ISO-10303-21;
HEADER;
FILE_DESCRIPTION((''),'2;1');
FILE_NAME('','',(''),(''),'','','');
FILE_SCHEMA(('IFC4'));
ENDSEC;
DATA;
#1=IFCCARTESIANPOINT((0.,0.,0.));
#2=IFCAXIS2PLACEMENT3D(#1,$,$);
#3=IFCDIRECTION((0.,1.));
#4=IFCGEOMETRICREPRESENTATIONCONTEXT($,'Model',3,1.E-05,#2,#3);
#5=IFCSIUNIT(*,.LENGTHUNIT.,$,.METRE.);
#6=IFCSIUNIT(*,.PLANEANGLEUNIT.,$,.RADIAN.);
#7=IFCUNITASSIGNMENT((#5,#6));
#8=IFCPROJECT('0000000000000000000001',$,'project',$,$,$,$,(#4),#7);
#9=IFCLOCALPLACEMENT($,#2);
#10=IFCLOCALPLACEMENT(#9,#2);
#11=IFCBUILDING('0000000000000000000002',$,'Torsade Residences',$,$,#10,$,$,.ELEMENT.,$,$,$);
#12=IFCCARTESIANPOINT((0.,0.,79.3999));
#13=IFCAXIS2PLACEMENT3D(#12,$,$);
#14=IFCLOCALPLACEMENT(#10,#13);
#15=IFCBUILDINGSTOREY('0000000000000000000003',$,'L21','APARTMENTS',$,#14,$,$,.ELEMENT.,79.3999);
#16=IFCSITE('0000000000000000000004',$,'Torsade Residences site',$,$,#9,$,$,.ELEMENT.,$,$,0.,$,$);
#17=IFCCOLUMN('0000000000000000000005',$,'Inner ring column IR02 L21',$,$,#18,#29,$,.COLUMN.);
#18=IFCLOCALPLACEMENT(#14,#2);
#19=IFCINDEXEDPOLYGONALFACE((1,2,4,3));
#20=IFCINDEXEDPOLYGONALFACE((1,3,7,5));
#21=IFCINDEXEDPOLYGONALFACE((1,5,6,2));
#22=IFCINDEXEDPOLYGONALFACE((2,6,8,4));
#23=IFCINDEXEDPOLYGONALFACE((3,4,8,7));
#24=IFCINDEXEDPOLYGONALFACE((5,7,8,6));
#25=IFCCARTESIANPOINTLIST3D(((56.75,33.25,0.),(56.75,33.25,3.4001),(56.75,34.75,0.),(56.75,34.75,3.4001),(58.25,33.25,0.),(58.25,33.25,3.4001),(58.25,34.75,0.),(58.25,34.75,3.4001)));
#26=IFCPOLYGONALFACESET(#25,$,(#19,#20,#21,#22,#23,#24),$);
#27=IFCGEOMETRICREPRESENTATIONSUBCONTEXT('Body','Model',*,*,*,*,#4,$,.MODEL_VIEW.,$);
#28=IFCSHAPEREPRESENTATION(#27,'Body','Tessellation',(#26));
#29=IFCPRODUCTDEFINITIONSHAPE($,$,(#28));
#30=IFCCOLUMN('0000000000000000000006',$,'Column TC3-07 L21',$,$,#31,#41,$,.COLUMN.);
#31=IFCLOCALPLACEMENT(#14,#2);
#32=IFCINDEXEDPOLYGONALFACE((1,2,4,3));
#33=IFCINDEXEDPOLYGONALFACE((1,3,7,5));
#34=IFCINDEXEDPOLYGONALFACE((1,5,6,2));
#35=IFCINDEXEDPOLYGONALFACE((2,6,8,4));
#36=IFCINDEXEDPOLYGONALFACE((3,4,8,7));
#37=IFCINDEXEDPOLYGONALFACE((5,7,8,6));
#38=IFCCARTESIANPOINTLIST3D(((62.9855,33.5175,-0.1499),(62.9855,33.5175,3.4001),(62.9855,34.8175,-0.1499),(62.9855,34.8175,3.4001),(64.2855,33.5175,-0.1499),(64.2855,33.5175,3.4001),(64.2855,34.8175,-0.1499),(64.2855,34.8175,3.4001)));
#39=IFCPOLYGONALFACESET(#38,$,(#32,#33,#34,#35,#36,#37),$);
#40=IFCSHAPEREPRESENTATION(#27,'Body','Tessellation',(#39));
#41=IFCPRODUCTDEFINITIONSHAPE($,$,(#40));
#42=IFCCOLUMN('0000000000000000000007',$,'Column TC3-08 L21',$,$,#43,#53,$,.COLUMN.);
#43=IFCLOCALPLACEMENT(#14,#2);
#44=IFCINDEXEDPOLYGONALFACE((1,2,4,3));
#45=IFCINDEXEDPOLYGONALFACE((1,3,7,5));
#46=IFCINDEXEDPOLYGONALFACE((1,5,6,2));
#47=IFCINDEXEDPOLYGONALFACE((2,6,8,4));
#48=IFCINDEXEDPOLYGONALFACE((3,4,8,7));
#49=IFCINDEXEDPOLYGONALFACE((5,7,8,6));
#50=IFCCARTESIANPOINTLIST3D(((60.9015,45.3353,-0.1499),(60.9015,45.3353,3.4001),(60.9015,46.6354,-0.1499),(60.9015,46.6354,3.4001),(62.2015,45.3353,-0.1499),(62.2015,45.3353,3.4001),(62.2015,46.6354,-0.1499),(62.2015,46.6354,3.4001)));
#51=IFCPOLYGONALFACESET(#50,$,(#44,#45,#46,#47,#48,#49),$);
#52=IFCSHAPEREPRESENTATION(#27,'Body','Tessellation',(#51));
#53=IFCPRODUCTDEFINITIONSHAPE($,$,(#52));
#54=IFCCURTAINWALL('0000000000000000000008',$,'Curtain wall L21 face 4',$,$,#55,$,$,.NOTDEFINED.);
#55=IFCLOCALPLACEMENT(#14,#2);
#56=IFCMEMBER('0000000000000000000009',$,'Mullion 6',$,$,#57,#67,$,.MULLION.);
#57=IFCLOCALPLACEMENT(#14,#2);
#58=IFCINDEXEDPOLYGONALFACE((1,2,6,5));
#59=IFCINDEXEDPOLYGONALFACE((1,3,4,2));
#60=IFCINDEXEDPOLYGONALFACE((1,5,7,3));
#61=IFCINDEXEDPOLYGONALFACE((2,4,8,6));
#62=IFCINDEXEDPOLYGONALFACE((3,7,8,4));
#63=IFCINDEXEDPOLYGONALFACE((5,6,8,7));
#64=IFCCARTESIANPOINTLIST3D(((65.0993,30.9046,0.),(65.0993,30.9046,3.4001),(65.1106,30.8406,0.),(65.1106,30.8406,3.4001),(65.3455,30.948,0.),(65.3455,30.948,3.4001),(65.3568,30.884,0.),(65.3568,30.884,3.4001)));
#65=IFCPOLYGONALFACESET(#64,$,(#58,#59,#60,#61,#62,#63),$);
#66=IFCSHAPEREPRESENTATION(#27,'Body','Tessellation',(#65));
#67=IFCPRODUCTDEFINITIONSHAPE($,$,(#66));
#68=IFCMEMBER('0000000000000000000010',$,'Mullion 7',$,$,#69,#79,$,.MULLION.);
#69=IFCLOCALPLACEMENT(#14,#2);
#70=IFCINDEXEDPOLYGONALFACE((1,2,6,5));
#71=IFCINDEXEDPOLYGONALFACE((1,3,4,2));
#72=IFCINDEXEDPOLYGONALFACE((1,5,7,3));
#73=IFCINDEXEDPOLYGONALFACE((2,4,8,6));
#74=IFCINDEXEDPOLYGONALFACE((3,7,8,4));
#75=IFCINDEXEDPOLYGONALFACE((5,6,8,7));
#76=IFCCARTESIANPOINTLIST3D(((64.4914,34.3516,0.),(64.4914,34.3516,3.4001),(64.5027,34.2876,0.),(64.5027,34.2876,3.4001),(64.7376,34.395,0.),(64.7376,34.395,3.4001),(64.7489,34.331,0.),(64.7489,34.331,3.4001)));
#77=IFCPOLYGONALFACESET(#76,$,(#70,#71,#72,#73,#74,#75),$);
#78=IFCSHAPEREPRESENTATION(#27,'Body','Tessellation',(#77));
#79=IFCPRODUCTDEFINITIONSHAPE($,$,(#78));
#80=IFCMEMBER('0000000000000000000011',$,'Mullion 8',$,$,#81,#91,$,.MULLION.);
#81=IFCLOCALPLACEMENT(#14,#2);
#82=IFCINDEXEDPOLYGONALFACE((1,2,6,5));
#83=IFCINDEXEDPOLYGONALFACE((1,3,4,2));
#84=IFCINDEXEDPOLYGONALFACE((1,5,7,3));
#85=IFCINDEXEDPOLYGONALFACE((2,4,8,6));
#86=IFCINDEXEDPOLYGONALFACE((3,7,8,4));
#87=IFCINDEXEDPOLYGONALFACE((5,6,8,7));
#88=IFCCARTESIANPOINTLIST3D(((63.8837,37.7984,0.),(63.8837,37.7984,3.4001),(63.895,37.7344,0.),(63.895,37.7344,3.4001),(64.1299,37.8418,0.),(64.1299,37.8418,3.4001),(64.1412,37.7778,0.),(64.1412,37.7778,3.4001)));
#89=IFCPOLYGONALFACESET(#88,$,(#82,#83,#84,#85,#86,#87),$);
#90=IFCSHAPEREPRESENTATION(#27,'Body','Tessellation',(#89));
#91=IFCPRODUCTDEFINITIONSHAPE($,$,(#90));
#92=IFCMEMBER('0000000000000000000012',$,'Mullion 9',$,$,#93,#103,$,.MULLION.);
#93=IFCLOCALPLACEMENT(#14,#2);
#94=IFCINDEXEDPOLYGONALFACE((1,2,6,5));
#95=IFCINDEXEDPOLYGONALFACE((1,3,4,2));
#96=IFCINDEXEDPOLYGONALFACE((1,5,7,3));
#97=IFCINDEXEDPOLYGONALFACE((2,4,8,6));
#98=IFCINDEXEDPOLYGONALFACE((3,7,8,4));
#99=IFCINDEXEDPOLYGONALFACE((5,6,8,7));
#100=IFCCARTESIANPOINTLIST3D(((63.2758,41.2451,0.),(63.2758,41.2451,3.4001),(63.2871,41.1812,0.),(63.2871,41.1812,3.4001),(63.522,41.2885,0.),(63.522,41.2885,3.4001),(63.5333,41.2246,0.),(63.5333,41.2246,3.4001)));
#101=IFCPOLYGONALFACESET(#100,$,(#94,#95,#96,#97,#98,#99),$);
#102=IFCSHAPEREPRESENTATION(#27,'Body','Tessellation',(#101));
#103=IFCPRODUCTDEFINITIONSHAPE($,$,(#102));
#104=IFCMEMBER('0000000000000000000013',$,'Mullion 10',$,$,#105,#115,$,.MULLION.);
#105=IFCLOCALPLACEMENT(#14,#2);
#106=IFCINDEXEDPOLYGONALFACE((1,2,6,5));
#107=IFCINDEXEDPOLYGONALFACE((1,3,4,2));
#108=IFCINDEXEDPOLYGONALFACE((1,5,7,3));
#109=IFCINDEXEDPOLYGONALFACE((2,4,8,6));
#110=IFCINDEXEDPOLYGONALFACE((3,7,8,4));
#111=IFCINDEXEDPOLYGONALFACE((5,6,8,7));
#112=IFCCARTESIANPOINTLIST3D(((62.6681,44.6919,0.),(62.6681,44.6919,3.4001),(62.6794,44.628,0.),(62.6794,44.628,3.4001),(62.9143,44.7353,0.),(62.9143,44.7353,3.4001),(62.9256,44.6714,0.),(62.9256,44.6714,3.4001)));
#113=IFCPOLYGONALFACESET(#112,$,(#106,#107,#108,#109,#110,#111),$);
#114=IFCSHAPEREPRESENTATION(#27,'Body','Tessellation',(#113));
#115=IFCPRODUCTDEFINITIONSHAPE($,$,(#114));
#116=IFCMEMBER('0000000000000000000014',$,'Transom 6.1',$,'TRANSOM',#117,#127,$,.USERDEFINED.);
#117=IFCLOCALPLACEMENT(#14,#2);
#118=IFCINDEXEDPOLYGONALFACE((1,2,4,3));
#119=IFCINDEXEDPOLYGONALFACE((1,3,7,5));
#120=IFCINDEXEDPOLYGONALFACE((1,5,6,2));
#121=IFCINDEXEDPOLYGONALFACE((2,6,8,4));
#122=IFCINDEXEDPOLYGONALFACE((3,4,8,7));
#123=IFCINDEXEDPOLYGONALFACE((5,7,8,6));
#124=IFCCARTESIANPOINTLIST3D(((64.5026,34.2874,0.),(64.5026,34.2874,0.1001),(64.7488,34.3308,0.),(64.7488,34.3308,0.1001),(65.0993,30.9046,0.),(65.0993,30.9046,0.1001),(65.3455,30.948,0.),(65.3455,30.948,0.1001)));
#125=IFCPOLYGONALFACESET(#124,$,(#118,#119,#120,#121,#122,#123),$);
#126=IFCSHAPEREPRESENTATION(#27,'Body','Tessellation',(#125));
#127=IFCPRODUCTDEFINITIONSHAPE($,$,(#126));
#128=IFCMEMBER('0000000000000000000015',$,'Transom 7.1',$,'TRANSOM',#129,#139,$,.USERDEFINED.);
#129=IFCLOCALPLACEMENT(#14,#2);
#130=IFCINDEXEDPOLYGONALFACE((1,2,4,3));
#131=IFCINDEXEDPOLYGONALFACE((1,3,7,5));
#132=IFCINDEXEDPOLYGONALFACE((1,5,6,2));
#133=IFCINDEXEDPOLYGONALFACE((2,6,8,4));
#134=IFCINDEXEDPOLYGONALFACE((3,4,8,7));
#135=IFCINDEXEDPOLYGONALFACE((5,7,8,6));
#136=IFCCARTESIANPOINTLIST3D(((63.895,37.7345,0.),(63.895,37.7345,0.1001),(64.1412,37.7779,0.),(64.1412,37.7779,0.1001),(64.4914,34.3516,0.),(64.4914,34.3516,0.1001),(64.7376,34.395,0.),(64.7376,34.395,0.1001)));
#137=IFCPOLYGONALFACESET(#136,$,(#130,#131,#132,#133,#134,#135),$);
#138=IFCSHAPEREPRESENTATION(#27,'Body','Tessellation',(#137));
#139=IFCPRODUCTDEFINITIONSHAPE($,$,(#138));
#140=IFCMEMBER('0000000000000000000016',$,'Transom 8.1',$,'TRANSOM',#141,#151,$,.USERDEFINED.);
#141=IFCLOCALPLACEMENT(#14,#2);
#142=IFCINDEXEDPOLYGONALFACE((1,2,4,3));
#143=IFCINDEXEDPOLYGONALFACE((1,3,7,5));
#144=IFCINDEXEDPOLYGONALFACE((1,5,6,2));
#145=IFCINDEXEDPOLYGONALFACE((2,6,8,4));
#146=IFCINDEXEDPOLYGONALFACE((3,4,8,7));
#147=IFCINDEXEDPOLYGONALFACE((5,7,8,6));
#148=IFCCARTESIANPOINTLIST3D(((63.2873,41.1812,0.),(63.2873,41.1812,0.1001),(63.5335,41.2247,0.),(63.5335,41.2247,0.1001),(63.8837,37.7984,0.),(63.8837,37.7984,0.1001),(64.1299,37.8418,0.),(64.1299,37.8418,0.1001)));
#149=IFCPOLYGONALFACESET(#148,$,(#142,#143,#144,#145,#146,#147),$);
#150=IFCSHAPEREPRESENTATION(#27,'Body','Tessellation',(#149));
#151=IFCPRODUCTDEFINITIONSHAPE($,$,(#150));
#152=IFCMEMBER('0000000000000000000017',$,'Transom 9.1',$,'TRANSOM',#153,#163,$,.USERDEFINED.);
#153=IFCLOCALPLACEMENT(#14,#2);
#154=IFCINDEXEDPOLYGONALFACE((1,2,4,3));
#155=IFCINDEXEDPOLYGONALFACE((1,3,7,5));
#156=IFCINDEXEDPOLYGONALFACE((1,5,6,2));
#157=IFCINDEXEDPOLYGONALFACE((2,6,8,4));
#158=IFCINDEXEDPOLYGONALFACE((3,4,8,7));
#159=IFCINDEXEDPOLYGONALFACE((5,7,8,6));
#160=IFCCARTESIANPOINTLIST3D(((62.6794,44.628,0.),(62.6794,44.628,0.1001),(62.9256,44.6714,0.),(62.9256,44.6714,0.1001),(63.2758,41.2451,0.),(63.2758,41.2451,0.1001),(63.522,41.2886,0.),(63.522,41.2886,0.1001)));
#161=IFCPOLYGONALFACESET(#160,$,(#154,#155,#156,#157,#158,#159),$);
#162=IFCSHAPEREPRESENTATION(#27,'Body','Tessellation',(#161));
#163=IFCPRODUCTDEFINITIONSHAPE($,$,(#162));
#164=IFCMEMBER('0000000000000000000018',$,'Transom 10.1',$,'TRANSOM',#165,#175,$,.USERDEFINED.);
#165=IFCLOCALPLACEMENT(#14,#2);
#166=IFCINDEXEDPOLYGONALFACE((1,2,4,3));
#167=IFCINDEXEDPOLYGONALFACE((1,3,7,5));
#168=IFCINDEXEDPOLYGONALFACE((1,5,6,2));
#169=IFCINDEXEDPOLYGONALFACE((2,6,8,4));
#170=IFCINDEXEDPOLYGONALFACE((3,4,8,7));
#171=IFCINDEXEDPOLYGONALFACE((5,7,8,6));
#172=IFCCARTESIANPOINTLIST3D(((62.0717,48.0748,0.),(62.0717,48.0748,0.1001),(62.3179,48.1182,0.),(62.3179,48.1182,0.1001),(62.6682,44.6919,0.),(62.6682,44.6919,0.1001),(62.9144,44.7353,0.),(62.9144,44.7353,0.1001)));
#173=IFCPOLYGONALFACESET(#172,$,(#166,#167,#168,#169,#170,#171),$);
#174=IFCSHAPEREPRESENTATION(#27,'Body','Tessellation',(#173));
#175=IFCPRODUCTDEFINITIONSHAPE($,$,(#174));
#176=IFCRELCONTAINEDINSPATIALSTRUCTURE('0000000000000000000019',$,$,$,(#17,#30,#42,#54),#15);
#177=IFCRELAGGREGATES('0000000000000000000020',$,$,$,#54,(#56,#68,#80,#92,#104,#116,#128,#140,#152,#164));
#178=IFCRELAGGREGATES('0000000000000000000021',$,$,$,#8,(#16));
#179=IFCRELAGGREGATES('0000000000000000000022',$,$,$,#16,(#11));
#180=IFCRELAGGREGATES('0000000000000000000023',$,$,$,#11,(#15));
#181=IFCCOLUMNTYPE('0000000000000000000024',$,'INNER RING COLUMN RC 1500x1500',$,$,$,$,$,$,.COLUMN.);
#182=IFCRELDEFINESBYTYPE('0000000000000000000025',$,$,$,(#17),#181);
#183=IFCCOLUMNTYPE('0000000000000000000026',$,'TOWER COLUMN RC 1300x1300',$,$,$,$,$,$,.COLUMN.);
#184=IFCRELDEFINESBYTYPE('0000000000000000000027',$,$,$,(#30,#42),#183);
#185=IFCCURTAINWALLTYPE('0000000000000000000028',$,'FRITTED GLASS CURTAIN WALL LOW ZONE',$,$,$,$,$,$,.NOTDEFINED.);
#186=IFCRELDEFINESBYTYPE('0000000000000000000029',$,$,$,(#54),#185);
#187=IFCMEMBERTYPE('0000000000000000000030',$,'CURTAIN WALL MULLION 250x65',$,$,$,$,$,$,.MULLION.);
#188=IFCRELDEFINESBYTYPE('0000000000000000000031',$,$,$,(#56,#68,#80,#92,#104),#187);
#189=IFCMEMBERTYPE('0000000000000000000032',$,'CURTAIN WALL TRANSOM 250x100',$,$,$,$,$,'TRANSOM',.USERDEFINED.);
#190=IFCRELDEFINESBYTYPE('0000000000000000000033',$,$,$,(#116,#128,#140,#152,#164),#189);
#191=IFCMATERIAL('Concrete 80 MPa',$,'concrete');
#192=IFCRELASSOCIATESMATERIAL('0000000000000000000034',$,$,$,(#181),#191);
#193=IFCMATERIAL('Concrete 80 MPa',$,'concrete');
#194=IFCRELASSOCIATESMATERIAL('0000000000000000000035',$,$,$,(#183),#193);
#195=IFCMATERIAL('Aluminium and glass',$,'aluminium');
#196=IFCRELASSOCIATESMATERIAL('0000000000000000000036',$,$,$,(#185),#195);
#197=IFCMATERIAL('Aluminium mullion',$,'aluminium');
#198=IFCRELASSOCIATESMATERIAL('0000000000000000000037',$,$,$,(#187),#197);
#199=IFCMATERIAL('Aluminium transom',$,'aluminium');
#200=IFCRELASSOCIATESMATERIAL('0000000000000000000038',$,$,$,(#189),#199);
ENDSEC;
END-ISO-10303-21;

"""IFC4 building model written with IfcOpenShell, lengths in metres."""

from ifc_helpers import new_model, si_unit, direction, frame, origin, origin_2d, place, context, subcontext, project, spatial, rectangle, extrude, material, material_profile, profile_set, type_object, element, aggregate, save


model = new_model("IFC4")

# Units and contexts
model_context = context("Model", 3, precision=1e-05, world=origin(), true_north=direction((0.0, 1.0)))
body_context = subcontext(model_context, "Body", "Model", "MODEL_VIEW")
ifc_project = project(units=[si_unit("LENGTHUNIT", "METRE"), si_unit("PLANEANGLEUNIT", "RADIAN")], contexts=[model_context])

# Site, building, storey
site_placement = place(None, origin())
site = spatial("IfcSite", under=ifc_project, at=site_placement, Name="Torsade Residences site", CompositionType="ELEMENT", RefElevation=0.0)
building_placement = place(site_placement, origin())
building = spatial("IfcBuilding", under=site, at=building_placement, Name="Torsade Residences", CompositionType="ELEMENT")
storey_placement = place(building_placement, frame((0.0, 0.0, 79.3999)))
storey = spatial("IfcBuildingStorey", under=building, at=storey_placement, Name="L21", Description="APARTMENTS", CompositionType="ELEMENT", Elevation=79.3999)

# Columns
ifc_material_1 = material(Name="Concrete 80 MPa", Category="concrete")
ifc_material_profile_1 = material_profile(ifc_material_1, rectangle(XDim=1.5, YDim=1.5, at=origin_2d()), Name="RC 1500x1500")
ifc_profile_set_1 = profile_set([ifc_material_profile_1], Name="Concrete 80 MPa")
column_type_1 = type_object("IfcColumnType", Name="INNER RING COLUMN RC 1500x1500", PredefinedType="COLUMN", material=ifc_profile_set_1)
column_placement = place(storey_placement, frame((57.5, 34.0, 0.0), z_axis=(0.0, 0.0, 1.0), x_axis=(1.0, 0.0, 0.0)))
element("IfcColumn", 1, at=column_placement, inside=storey, type_object=column_type_1, Name="Inner ring column IR02 L21", PredefinedType="COLUMN", context=body_context, shape_type="SweptSolid", body=[
    extrude(rectangle(XDim=1.5, YDim=1.5, at=origin_2d()), origin(), (0.0, 0.0, 1.0), 3.4001),
])
ifc_material_2 = material(Name="Concrete 80 MPa", Category="concrete")
ifc_material_profile_2 = material_profile(ifc_material_2, rectangle(XDim=1.3, YDim=1.3, at=origin_2d()), Name="RC 1300x1300")
ifc_profile_set_2 = profile_set([ifc_material_profile_2], Name="Concrete 80 MPa")
column_type_2 = type_object("IfcColumnType", Name="TOWER COLUMN RC 1300x1300", PredefinedType="COLUMN", material=ifc_profile_set_2)
for number, where, z_axis, x_axis, name in (
    (2, (63.6355, 34.1675, -0.1499), (0.0, 0.0, 1.0), (1.0, 0.0, 0.0), "Column TC3-07 L21"),
    (3, (61.5515, 45.9854, -0.1499), (0.0, 0.0, 1.0), (1.0, 0.0, 0.0), "Column TC3-08 L21"),
):
    element("IfcColumn", number, at=place(storey_placement, frame(where, z_axis=z_axis, x_axis=x_axis)), inside=storey, type_object=column_type_2, Name=name, PredefinedType="COLUMN", context=body_context, shape_type="SweptSolid", body=[
        extrude(rectangle(XDim=1.3, YDim=1.3, at=origin_2d()), origin(), (0.0, 0.0, 1.0), 3.55),
    ])

# Curtain wall, members
ifc_material_3 = material(Name="Aluminium and glass", Category="aluminium")
curtain_wall_type = type_object("IfcCurtainWallType", Name="FRITTED GLASS CURTAIN WALL LOW ZONE", PredefinedType="NOTDEFINED", material=ifc_material_3)
curtain_wall_placement = place(storey_placement, origin())
curtain_wall = element("IfcCurtainWall", 4, at=curtain_wall_placement, inside=storey, type_object=curtain_wall_type, Name="Curtain wall L21 face 4", PredefinedType="NOTDEFINED")
ifc_material_4 = material(Name="Aluminium mullion", Category="aluminium")
ifc_material_profile_3 = material_profile(ifc_material_4, rectangle(XDim=0.25, YDim=0.0649, at=origin_2d()), Name="CURTAIN WALL MULLION 250x65")
ifc_profile_set_3 = profile_set([ifc_material_profile_3], Name="Aluminium mullion")
member_type_1 = type_object("IfcMemberType", Name="CURTAIN WALL MULLION 250x65", PredefinedType="MULLION", material=ifc_profile_set_3)
member_1_placement = place(storey_placement, frame((65.228, 30.8943, 0.0), z_axis=(0.0, 0.0, 1.0), x_axis=(-0.984808, -0.173648, 0.0)))
member_1 = element("IfcMember", 5, at=member_1_placement, type_object=member_type_1, Name="Mullion 6", PredefinedType="MULLION", context=body_context, shape_type="SweptSolid", body=[
    extrude(rectangle(XDim=0.25, YDim=0.0649, at=origin_2d()), origin(), (0.0, 0.0, 1.0), 3.4001),
])
member_2_placement = place(storey_placement, frame((64.6201, 34.3413, 0.0), z_axis=(0.0, 0.0, 1.0), x_axis=(-0.984808, -0.173648, 0.0)))
member_2 = element("IfcMember", 6, at=member_2_placement, type_object=member_type_1, Name="Mullion 7", PredefinedType="MULLION", context=body_context, shape_type="SweptSolid", body=[
    extrude(rectangle(XDim=0.25, YDim=0.0649, at=origin_2d()), origin(), (0.0, 0.0, 1.0), 3.4001),
])
member_3_placement = place(storey_placement, frame((64.0125, 37.7881, 0.0), z_axis=(0.0, 0.0, 1.0), x_axis=(-0.984808, -0.173648, 0.0)))
member_3 = element("IfcMember", 7, at=member_3_placement, type_object=member_type_1, Name="Mullion 8", PredefinedType="MULLION", context=body_context, shape_type="SweptSolid", body=[
    extrude(rectangle(XDim=0.25, YDim=0.0649, at=origin_2d()), origin(), (0.0, 0.0, 1.0), 3.4001),
])
member_4_placement = place(storey_placement, frame((63.4045, 41.2349, 0.0), z_axis=(0.0, 0.0, 1.0), x_axis=(-0.984808, -0.173648, 0.0)))
member_4 = element("IfcMember", 8, at=member_4_placement, type_object=member_type_1, Name="Mullion 9", PredefinedType="MULLION", context=body_context, shape_type="SweptSolid", body=[
    extrude(rectangle(XDim=0.25, YDim=0.0649, at=origin_2d()), origin(), (0.0, 0.0, 1.0), 3.4001),
])
member_5_placement = place(storey_placement, frame((62.7969, 44.6816, 0.0), z_axis=(0.0, 0.0, 1.0), x_axis=(-0.984808, -0.173648, 0.0)))
member_5 = element("IfcMember", 9, at=member_5_placement, type_object=member_type_1, Name="Mullion 10", PredefinedType="MULLION", context=body_context, shape_type="SweptSolid", body=[
    extrude(rectangle(XDim=0.25, YDim=0.0649, at=origin_2d()), origin(), (0.0, 0.0, 1.0), 3.4001),
])
ifc_material_5 = material(Name="Aluminium transom", Category="aluminium")
ifc_material_profile_4 = material_profile(ifc_material_5, rectangle(XDim=0.25, YDim=0.1001, at=origin_2d()), Name="CURTAIN WALL TRANSOM 250x100")
ifc_profile_set_4 = profile_set([ifc_material_profile_4], Name="Aluminium transom")
member_type_2 = type_object("IfcMemberType", Name="CURTAIN WALL TRANSOM 250x100", ElementType="TRANSOM", PredefinedType="USERDEFINED", material=ifc_profile_set_4)
member_6_placement = place(storey_placement, frame((65.2224, 30.9263, 0.05), z_axis=(-0.173704, 0.984798, 0.0), x_axis=(-0.984798, -0.173704, 0.0)))
member_6 = element("IfcMember", 10, at=member_6_placement, type_object=member_type_2, Name="Transom 6.1", ObjectType="TRANSOM", PredefinedType="USERDEFINED", context=body_context, shape_type="SweptSolid", body=[
    extrude(rectangle(XDim=0.25, YDim=0.1001, at=origin_2d()), origin(), (0.0, 0.0, 1.0), 3.4351),
])
member_7_placement = place(storey_placement, frame((64.6145, 34.3733, 0.05), z_axis=(-0.173635, 0.98481, 0.0), x_axis=(-0.98481, -0.173635, 0.0)))
member_7 = element("IfcMember", 11, at=member_7_placement, type_object=member_type_2, Name="Transom 7.1", ObjectType="TRANSOM", PredefinedType="USERDEFINED", context=body_context, shape_type="SweptSolid", body=[
    extrude(rectangle(XDim=0.25, YDim=0.1001, at=origin_2d()), origin(), (0.0, 0.0, 1.0), 3.4351),
])
member_8_placement = place(storey_placement, frame((64.0068, 37.8201, 0.05), z_axis=(-0.173635, 0.98481, 0.0), x_axis=(-0.98481, -0.173635, 0.0)))
member_8 = element("IfcMember", 12, at=member_8_placement, type_object=member_type_2, Name="Transom 8.1", ObjectType="TRANSOM", PredefinedType="USERDEFINED", context=body_context, shape_type="SweptSolid", body=[
    extrude(rectangle(XDim=0.25, YDim=0.1001, at=origin_2d()), origin(), (0.0, 0.0, 1.0), 3.4351),
])
member_9_placement = place(storey_placement, frame((63.3989, 41.2668, 0.05), z_axis=(-0.173635, 0.98481, 0.0), x_axis=(-0.98481, -0.173635, 0.0)))
member_9 = element("IfcMember", 13, at=member_9_placement, type_object=member_type_2, Name="Transom 9.1", ObjectType="TRANSOM", PredefinedType="USERDEFINED", context=body_context, shape_type="SweptSolid", body=[
    extrude(rectangle(XDim=0.25, YDim=0.1001, at=origin_2d()), origin(), (0.0, 0.0, 1.0), 3.4351),
])
member_10_placement = place(storey_placement, frame((62.7913, 44.7136, 0.05), z_axis=(-0.173635, 0.98481, 0.0), x_axis=(-0.98481, -0.173635, 0.0)))
member_10 = element("IfcMember", 14, at=member_10_placement, type_object=member_type_2, Name="Transom 10.1", ObjectType="TRANSOM", PredefinedType="USERDEFINED", context=body_context, shape_type="SweptSolid", body=[
    extrude(rectangle(XDim=0.25, YDim=0.1001, at=origin_2d()), origin(), (0.0, 0.0, 1.0), 3.4351),
])

aggregate(curtain_wall, [member_1, member_2, member_3, member_4, member_5, member_6, member_7, member_8, member_9, member_10])

save(model, "model.ifc")
